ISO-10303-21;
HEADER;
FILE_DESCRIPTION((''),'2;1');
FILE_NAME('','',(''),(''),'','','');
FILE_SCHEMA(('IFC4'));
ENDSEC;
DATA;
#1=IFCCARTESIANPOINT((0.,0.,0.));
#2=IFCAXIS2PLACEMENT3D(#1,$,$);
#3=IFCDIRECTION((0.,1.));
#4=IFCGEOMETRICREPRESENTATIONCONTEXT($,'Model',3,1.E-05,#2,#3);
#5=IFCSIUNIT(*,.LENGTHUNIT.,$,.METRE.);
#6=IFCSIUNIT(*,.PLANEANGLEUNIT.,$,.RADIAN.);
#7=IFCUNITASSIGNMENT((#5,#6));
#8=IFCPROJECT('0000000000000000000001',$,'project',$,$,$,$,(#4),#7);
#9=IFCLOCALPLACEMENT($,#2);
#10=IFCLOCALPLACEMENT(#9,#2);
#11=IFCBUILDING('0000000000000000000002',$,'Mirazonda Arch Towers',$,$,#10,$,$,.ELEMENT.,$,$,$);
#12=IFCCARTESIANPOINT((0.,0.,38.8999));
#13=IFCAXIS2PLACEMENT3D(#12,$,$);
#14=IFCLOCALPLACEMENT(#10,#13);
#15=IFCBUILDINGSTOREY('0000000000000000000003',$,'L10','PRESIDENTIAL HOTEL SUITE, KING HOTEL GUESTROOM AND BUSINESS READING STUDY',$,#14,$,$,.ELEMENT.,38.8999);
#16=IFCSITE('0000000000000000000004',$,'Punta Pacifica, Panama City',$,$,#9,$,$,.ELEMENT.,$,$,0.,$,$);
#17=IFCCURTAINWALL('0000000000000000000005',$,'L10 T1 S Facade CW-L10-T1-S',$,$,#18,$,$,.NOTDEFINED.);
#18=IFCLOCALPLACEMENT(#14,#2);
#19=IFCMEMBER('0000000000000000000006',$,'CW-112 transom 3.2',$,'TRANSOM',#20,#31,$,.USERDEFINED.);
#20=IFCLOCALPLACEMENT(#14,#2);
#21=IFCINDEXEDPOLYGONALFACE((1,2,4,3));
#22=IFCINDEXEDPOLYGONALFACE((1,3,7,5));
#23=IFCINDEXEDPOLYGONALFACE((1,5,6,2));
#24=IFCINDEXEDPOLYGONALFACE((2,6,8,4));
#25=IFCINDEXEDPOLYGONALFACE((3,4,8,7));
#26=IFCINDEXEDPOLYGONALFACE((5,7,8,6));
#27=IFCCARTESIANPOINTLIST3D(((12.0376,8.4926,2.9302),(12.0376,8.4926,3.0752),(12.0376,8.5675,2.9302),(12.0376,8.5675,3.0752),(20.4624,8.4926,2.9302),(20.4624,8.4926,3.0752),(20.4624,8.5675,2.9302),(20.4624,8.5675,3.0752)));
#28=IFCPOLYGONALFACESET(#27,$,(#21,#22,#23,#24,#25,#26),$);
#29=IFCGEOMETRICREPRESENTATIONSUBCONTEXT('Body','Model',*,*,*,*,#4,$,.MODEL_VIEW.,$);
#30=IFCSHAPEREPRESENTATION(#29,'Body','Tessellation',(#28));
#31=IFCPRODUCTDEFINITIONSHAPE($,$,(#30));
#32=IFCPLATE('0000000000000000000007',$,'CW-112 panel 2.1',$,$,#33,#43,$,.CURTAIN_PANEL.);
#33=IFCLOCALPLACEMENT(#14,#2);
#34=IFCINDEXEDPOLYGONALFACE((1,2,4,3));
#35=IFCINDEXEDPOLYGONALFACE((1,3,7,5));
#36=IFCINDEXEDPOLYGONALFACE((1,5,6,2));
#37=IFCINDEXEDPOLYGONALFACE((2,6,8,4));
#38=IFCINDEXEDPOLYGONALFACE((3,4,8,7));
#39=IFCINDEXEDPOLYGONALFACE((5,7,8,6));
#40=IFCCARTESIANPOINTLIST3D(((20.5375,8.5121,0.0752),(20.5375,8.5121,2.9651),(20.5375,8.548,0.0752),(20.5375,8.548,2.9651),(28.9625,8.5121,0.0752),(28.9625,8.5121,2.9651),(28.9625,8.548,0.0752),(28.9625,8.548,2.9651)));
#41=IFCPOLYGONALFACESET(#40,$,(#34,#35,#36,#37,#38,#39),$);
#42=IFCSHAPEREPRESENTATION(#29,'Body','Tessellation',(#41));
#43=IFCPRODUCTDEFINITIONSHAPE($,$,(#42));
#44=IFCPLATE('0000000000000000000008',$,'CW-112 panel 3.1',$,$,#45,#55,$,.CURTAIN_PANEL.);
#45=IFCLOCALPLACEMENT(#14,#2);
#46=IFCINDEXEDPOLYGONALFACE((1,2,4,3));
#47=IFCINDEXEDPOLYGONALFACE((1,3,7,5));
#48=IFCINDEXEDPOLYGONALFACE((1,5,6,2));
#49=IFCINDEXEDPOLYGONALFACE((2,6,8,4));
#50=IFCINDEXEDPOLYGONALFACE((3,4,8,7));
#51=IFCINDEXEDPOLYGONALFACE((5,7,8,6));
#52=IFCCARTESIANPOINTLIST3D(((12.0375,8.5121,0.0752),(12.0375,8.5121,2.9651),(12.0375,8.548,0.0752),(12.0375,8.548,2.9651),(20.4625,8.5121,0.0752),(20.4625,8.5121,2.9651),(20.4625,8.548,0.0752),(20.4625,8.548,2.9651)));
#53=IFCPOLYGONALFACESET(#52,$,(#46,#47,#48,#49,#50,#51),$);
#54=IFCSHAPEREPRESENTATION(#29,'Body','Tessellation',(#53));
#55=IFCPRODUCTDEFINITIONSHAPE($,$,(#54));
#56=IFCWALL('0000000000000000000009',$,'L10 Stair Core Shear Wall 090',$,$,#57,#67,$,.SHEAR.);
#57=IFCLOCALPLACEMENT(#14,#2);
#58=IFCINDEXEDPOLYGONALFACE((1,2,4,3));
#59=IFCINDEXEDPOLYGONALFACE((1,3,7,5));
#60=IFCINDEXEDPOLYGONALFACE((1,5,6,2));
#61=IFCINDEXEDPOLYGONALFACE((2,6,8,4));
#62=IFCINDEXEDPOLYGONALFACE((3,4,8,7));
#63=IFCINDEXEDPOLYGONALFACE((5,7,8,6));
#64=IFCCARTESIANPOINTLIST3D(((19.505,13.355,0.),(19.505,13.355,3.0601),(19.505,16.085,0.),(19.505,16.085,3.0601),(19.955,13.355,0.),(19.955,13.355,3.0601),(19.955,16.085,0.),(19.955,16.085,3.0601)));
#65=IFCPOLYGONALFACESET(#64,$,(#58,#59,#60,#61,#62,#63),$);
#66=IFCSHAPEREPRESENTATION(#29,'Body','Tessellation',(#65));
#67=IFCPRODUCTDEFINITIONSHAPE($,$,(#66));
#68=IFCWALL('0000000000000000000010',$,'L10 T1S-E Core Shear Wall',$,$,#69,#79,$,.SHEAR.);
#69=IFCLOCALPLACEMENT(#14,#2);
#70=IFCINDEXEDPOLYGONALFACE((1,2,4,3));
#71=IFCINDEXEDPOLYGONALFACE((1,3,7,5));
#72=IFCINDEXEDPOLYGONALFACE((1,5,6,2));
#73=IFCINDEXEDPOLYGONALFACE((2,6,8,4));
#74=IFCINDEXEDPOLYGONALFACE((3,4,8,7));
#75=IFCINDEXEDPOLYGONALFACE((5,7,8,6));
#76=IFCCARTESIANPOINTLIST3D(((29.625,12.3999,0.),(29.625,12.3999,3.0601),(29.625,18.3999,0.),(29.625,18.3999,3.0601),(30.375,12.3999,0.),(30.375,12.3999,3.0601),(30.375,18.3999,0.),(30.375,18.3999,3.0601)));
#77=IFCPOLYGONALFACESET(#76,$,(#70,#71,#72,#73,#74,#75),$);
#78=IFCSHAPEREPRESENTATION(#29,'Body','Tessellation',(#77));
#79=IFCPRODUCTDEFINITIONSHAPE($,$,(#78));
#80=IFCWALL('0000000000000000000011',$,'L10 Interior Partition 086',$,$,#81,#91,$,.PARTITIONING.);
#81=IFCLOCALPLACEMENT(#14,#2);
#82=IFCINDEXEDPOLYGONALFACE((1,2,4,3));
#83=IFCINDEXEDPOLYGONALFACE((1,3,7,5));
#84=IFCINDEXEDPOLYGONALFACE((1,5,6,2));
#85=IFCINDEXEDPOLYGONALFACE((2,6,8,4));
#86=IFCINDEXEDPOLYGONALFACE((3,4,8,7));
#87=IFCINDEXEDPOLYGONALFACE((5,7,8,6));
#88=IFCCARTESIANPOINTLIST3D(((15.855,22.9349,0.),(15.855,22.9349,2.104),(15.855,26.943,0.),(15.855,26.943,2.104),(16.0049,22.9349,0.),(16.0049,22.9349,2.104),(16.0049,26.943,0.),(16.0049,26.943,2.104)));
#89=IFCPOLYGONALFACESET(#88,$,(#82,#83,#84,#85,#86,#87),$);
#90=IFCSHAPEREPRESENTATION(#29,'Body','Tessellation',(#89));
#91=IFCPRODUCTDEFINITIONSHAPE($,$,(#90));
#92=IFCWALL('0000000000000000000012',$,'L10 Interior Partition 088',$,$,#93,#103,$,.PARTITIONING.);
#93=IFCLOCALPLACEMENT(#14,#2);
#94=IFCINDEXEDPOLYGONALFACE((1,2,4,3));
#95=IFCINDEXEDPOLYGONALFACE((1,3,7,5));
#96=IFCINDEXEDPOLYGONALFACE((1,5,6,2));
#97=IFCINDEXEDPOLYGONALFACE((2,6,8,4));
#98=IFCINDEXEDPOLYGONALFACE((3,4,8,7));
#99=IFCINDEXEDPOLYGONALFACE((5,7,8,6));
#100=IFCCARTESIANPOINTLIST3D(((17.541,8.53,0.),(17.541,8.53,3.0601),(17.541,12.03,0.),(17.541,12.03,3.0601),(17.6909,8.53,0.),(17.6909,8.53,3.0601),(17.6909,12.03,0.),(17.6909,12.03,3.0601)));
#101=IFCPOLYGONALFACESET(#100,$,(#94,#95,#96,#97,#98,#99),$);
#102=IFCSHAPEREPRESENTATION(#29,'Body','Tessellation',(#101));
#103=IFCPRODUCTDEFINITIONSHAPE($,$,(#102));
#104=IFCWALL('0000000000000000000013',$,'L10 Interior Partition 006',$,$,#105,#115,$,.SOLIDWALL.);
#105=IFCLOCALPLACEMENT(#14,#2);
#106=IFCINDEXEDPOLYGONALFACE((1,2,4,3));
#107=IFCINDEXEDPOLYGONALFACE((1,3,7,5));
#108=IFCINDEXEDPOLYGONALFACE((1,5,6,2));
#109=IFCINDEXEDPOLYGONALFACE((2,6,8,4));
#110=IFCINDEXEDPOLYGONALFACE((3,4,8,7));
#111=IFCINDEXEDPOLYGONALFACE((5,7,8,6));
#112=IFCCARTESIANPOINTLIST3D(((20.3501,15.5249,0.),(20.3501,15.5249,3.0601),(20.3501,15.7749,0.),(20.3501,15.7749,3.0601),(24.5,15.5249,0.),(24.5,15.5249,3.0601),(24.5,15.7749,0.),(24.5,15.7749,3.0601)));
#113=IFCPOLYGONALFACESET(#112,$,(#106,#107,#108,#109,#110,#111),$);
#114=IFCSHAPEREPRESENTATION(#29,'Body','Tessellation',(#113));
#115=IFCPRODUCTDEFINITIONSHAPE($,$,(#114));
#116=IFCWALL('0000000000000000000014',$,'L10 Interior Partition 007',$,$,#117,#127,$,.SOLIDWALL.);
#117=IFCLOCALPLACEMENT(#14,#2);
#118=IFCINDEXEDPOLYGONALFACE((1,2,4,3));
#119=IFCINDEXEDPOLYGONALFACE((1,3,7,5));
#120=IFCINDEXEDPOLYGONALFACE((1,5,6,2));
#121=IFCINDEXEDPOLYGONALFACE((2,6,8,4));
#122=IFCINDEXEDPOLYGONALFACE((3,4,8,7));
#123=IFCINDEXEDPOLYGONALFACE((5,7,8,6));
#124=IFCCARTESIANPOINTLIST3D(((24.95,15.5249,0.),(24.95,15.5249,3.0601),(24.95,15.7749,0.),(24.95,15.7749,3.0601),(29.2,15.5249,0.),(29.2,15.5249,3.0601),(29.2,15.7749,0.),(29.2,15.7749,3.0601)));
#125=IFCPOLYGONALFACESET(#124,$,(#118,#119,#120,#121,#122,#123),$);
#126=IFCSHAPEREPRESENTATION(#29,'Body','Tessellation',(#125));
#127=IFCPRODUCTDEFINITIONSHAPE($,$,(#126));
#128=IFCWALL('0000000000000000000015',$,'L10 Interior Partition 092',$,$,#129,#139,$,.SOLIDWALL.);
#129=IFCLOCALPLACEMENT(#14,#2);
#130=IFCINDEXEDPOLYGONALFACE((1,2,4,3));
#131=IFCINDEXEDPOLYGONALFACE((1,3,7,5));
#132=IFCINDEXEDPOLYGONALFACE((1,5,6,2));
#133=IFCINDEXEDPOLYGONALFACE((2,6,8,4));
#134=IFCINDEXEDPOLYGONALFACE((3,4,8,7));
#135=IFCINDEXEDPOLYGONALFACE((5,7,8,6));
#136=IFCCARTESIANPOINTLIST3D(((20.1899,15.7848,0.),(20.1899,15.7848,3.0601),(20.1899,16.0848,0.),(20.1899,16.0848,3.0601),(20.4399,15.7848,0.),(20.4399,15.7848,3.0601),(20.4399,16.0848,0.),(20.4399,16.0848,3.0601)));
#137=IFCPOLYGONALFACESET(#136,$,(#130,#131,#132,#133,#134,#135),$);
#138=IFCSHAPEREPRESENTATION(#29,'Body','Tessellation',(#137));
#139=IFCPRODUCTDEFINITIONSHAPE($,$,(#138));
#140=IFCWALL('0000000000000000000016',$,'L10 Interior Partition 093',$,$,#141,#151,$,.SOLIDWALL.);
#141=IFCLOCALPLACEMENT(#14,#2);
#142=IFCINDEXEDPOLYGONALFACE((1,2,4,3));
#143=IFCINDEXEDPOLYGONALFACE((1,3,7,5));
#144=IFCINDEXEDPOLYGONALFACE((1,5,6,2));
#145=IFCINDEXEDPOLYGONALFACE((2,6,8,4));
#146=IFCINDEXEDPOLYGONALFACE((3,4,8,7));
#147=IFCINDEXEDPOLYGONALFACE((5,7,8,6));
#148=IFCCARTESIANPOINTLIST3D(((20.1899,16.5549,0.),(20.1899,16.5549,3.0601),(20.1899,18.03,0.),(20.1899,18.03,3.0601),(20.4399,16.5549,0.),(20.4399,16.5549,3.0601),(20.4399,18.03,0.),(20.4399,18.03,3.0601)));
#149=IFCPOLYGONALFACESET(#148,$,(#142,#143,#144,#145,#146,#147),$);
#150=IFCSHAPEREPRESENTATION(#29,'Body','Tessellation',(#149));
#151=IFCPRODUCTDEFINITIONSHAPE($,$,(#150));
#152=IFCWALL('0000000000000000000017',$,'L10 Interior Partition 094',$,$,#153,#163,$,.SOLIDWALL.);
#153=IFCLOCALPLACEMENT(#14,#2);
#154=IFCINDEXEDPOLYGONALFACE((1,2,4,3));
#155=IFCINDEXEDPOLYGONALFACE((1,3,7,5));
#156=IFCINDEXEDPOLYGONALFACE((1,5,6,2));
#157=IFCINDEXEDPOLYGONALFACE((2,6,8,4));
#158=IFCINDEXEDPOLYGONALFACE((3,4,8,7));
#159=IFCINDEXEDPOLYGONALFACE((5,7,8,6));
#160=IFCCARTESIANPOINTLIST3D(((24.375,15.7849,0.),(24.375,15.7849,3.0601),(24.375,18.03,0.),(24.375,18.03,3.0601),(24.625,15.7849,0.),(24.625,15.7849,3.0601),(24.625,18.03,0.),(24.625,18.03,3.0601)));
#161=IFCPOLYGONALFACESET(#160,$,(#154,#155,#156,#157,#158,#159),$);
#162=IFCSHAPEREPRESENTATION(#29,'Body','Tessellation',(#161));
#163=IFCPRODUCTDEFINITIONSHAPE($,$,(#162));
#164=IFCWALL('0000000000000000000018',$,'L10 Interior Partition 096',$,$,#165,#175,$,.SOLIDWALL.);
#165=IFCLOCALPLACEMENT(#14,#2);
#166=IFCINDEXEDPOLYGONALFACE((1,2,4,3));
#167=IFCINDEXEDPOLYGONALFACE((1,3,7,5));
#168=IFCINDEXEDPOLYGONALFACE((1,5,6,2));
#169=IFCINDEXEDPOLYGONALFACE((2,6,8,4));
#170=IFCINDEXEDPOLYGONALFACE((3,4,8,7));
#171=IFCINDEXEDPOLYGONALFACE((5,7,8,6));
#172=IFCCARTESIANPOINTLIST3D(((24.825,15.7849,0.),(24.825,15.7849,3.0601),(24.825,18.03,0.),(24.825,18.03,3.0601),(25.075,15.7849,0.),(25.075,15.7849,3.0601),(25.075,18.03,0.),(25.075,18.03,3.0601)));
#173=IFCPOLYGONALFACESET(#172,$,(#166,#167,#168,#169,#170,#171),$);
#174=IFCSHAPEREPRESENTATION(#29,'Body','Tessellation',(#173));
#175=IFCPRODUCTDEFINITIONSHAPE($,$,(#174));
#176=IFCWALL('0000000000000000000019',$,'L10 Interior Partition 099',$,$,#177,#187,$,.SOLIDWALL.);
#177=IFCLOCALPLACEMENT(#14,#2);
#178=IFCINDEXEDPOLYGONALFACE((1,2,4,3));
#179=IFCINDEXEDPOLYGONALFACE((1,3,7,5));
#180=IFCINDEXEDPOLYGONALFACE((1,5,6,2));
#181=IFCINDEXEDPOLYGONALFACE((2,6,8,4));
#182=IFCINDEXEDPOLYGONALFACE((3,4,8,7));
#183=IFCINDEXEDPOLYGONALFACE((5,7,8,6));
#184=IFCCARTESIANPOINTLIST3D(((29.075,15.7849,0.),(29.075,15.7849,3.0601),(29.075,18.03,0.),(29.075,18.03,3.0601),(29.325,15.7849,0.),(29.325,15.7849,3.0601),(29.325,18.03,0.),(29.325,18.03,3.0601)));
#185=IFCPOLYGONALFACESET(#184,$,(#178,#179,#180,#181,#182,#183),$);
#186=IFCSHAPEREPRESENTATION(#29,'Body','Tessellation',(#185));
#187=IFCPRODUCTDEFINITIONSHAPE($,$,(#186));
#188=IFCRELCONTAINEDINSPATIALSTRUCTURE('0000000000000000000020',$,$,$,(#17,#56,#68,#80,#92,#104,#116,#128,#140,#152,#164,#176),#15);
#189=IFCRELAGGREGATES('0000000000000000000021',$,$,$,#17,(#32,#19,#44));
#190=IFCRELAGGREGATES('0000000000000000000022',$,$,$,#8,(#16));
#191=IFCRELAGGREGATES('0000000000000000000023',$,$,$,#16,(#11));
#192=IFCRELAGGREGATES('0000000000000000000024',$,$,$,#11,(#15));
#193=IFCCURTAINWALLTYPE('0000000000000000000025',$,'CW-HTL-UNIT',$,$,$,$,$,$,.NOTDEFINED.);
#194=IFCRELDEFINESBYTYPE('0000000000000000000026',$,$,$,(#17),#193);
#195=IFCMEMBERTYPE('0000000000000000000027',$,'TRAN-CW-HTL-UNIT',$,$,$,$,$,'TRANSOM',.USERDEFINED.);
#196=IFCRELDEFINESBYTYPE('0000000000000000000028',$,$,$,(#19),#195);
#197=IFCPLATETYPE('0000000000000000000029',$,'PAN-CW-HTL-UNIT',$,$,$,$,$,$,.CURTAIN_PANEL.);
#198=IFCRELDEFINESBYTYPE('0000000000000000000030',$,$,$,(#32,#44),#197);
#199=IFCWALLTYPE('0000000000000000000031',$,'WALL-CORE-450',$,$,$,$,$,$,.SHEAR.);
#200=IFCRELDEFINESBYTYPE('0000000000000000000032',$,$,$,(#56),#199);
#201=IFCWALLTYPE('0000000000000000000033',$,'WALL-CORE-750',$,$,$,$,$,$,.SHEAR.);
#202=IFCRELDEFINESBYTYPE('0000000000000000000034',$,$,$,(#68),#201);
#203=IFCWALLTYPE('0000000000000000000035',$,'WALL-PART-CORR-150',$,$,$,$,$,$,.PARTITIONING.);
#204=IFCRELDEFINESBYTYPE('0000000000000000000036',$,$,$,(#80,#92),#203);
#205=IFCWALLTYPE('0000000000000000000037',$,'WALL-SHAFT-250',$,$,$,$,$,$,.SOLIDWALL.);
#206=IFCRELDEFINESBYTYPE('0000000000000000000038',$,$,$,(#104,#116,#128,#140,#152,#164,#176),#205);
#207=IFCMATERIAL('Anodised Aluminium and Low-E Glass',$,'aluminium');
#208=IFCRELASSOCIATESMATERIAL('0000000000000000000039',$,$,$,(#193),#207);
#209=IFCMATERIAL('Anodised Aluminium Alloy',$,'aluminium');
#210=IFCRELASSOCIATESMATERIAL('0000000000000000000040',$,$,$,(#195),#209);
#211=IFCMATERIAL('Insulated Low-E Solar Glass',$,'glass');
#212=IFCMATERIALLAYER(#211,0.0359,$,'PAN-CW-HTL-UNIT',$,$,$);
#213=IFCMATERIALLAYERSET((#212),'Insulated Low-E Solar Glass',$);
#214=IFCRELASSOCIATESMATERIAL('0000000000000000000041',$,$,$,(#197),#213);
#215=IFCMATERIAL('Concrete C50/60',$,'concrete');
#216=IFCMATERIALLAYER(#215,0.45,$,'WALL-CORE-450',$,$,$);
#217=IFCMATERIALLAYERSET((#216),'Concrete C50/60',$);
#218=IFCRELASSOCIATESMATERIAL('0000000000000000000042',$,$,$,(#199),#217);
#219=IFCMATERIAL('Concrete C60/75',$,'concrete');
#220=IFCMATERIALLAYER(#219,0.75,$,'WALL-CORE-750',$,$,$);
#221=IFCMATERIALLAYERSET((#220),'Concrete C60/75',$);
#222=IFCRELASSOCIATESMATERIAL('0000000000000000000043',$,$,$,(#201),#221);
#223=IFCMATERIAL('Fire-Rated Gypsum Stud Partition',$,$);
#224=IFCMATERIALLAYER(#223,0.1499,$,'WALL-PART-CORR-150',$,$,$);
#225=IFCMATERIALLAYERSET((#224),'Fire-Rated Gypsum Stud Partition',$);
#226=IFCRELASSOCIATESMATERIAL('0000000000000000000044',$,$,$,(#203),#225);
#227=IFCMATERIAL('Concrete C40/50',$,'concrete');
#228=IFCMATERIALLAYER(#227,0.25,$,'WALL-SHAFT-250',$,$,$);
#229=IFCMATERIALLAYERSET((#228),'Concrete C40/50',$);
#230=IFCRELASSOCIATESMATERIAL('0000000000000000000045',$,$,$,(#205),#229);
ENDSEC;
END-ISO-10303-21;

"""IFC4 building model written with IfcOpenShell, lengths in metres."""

from ifc_helpers import new_model, si_unit, direction, frame, frame_2d, origin, origin_2d, place, context, subcontext, project, spatial, rectangle, extrude, material, layer, layer_set, material_profile, profile_set, type_object, element, aggregate, save


model = new_model("IFC4")

# Units and contexts
model_context = context("Model", 3, precision=1e-05, world=origin(), true_north=direction((0.0, 1.0)))
body_context = subcontext(model_context, "Body", "Model", "MODEL_VIEW")
ifc_project = project(units=[si_unit("LENGTHUNIT", "METRE"), si_unit("PLANEANGLEUNIT", "RADIAN")], contexts=[model_context])

# Site, building, storey
site_placement = place(None, origin())
site = spatial("IfcSite", under=ifc_project, at=site_placement, Name="Punta Pacifica, Panama City", CompositionType="ELEMENT", RefElevation=0.0)
building_placement = place(site_placement, origin())
building = spatial("IfcBuilding", under=site, at=building_placement, Name="Mirazonda Arch Towers", CompositionType="ELEMENT")
storey_placement = place(building_placement, frame((0.0, 0.0, 38.8999)))
storey = spatial("IfcBuildingStorey", under=building, at=storey_placement, Name="L10", Description="PRESIDENTIAL HOTEL SUITE, KING HOTEL GUESTROOM AND BUSINESS READING STUDY", CompositionType="ELEMENT", Elevation=38.8999)

# Shared definitions
ifc_material_1 = material(Name="Concrete C60/75", Category="concrete")

# Curtain wall, member, plates
ifc_material_2 = material(Name="Anodised Aluminium and Low-E Glass", Category="aluminium")
curtain_wall_type = type_object("IfcCurtainWallType", Name="CW-HTL-UNIT", PredefinedType="NOTDEFINED", material=ifc_material_2)
curtain_wall_placement = place(storey_placement, origin())
curtain_wall = element("IfcCurtainWall", 1, at=curtain_wall_placement, inside=storey, type_object=curtain_wall_type, Name="L10 T1 S Facade CW-L10-T1-S", PredefinedType="NOTDEFINED")
ifc_material_3 = material(Name="Anodised Aluminium Alloy", Category="aluminium")
ifc_material_profile_1 = material_profile(ifc_material_3, rectangle(XDim=0.075, YDim=0.145, at=origin_2d()), Name="ALU-TRAN-75x145")
ifc_profile_set_1 = profile_set([ifc_material_profile_1], Name="Anodised Aluminium Alloy")
member_type_1 = type_object("IfcMemberType", Name="TRAN-CW-HTL-UNIT", ElementType="TRANSOM", PredefinedType="USERDEFINED", material=ifc_profile_set_1)
member_1_placement = place(storey_placement, frame((20.4624, 8.53, 3.0027), z_axis=(-1.0, 0.0, 0.0), x_axis=(0.0, -1.0, 0.0)))
member_1 = element("IfcMember", 2, at=member_1_placement, type_object=member_type_1, Name="CW-112 transom 3.2", ObjectType="TRANSOM", PredefinedType="USERDEFINED", context=body_context, shape_type="SweptSolid", body=[
    extrude(rectangle(XDim=0.075, YDim=0.145, at=origin_2d()), origin(), (0.0, 0.0, 1.0), 8.4248),
])
ifc_material_4 = material(Name="Insulated Low-E Solar Glass", Category="glass")
ifc_layer_1 = layer(ifc_material_4, 0.0359, Name="PAN-CW-HTL-UNIT")
ifc_layer_set_1 = layer_set([ifc_layer_1], Name="Insulated Low-E Solar Glass")
plate_type = type_object("IfcPlateType", Name="PAN-CW-HTL-UNIT", PredefinedType="CURTAIN_PANEL", material=ifc_layer_set_1)
plate_1_placement = place(storey_placement, frame((24.75, 8.53, 0.0752), z_axis=(0.0, 0.0, 1.0), x_axis=(-1.0, 0.0, 0.0)))
plate_1 = element("IfcPlate", 3, at=plate_1_placement, type_object=plate_type, Name="CW-112 panel 2.1", PredefinedType="CURTAIN_PANEL", context=body_context, shape_type="SweptSolid", body=[
    extrude(rectangle(XDim=8.425, YDim=0.0359, at=origin_2d()), origin(), (0.0, 0.0, 1.0), 2.8899),
])
plate_2_placement = place(storey_placement, frame((16.25, 8.53, 0.0752), z_axis=(0.0, 0.0, 1.0), x_axis=(-1.0, 0.0, 0.0)))
plate_2 = element("IfcPlate", 4, at=plate_2_placement, type_object=plate_type, Name="CW-112 panel 3.1", PredefinedType="CURTAIN_PANEL", context=body_context, shape_type="SweptSolid", body=[
    extrude(rectangle(XDim=8.425, YDim=0.0359, at=origin_2d()), origin(), (0.0, 0.0, 1.0), 2.8899),
])
aggregate(curtain_wall, [plate_1, member_1, plate_2])

# Walls
ifc_material_5 = material(Name="Concrete C50/60", Category="concrete")
ifc_layer_2 = layer(ifc_material_5, 0.45, Name="WALL-CORE-450")
ifc_layer_set_2 = layer_set([ifc_layer_2], Name="Concrete C50/60")
wall_type_1 = type_object("IfcWallType", Name="WALL-CORE-450", PredefinedType="SHEAR", material=ifc_layer_set_2)
wall_1_placement = place(storey_placement, frame((19.73, 13.355, 0.0), z_axis=(0.0, 0.0, 1.0), x_axis=(0.0, 1.0, 0.0)))
element("IfcWall", 5, at=wall_1_placement, inside=storey, type_object=wall_type_1, Name="L10 Stair Core Shear Wall 090", PredefinedType="SHEAR", context=body_context, shape_type="SweptSolid", body=[
    extrude(rectangle(XDim=2.73, YDim=0.45, at=frame_2d((1.365, 0.0))), origin(), (0.0, 0.0, 1.0), 3.0601),
])
ifc_layer_3 = layer(ifc_material_1, 0.75, Name="WALL-CORE-750")
ifc_layer_set_3 = layer_set([ifc_layer_3], Name="Concrete C60/75")
wall_type_2 = type_object("IfcWallType", Name="WALL-CORE-750", PredefinedType="SHEAR", material=ifc_layer_set_3)
wall_2_placement = place(storey_placement, frame((30.0, 12.3999, 0.0), z_axis=(0.0, 0.0, 1.0), x_axis=(0.0, 1.0, 0.0)))
element("IfcWall", 6, at=wall_2_placement, inside=storey, type_object=wall_type_2, Name="L10 T1S-E Core Shear Wall", PredefinedType="SHEAR", context=body_context, shape_type="SweptSolid", body=[
    extrude(rectangle(XDim=6.0, YDim=0.75, at=frame_2d((3.0, 0.0))), origin(), (0.0, 0.0, 1.0), 3.0601),
])
ifc_material_6 = material(Name="Fire-Rated Gypsum Stud Partition")
ifc_layer_4 = layer(ifc_material_6, 0.1499, Name="WALL-PART-CORR-150")
ifc_layer_set_4 = layer_set([ifc_layer_4], Name="Fire-Rated Gypsum Stud Partition")
wall_type_3 = type_object("IfcWallType", Name="WALL-PART-CORR-150", PredefinedType="PARTITIONING", material=ifc_layer_set_4)
wall_3_placement = place(storey_placement, frame((15.9299, 22.9351, 0.0), z_axis=(0.0, 0.0, 1.0), x_axis=(0.0, 1.0, 0.0)))
element("IfcWall", 7, at=wall_3_placement, inside=storey, type_object=wall_type_3, Name="L10 Interior Partition 086", PredefinedType="PARTITIONING", context=body_context, shape_type="SweptSolid", body=[
    extrude(rectangle(XDim=4.0081, YDim=0.1499, at=frame_2d((2.0039, 0.0))), origin(), (0.0, 0.0, 1.0), 2.104),
])
wall_4_placement = place(storey_placement, frame((17.616, 8.53, 0.0), z_axis=(0.0, 0.0, 1.0), x_axis=(0.0, 1.0, 0.0)))
element("IfcWall", 8, at=wall_4_placement, inside=storey, type_object=wall_type_3, Name="L10 Interior Partition 088", PredefinedType="PARTITIONING", context=body_context, shape_type="SweptSolid", body=[
    extrude(rectangle(XDim=3.5, YDim=0.1499, at=frame_2d((1.75, 0.0))), origin(), (0.0, 0.0, 1.0), 3.0601),
])
ifc_material_7 = material(Name="Concrete C40/50", Category="concrete")
ifc_layer_5 = layer(ifc_material_7, 0.25, Name="WALL-SHAFT-250")
ifc_layer_set_5 = layer_set([ifc_layer_5], Name="Concrete C40/50")
wall_type_4 = type_object("IfcWallType", Name="WALL-SHAFT-250", PredefinedType="SOLIDWALL", material=ifc_layer_set_5)
wall_5_placement = place(storey_placement, frame((20.3501, 15.6499, 0.0), z_axis=(0.0, 0.0, 1.0), x_axis=(1.0, 0.0, 0.0)))
element("IfcWall", 9, at=wall_5_placement, inside=storey, type_object=wall_type_4, Name="L10 Interior Partition 006", PredefinedType="SOLIDWALL", context=body_context, shape_type="SweptSolid", body=[
    extrude(rectangle(XDim=4.1499, YDim=0.25, at=frame_2d((2.075, 0.0))), origin(), (0.0, 0.0, 1.0), 3.0601),
])
wall_6_placement = place(storey_placement, frame((24.95, 15.6499, 0.0), z_axis=(0.0, 0.0, 1.0), x_axis=(1.0, 0.0, 0.0)))
element("IfcWall", 10, at=wall_6_placement, inside=storey, type_object=wall_type_4, Name="L10 Interior Partition 007", PredefinedType="SOLIDWALL", context=body_context, shape_type="SweptSolid", body=[
    extrude(rectangle(XDim=4.25, YDim=0.25, at=frame_2d((2.125, 0.0))), origin(), (0.0, 0.0, 1.0), 3.0601),
])
wall_7_placement = place(storey_placement, frame((20.3149, 15.7849, 0.0), z_axis=(0.0, 0.0, 1.0), x_axis=(0.0, 1.0, 0.0)))
element("IfcWall", 11, at=wall_7_placement, inside=storey, type_object=wall_type_4, Name="L10 Interior Partition 092", PredefinedType="SOLIDWALL", context=body_context, shape_type="SweptSolid", body=[
    extrude(rectangle(XDim=0.3, YDim=0.25, at=frame_2d((0.1499, 0.0))), origin(), (0.0, 0.0, 1.0), 3.0601),
])
wall_8_placement = place(storey_placement, frame((20.3149, 16.5549, 0.0), z_axis=(0.0, 0.0, 1.0), x_axis=(0.0, 1.0, 0.0)))
element("IfcWall", 12, at=wall_8_placement, inside=storey, type_object=wall_type_4, Name="L10 Interior Partition 093", PredefinedType="SOLIDWALL", context=body_context, shape_type="SweptSolid", body=[
    extrude(rectangle(XDim=1.4751, YDim=0.25, at=frame_2d((0.7375, 0.0))), origin(), (0.0, 0.0, 1.0), 3.0601),
])
for number, where, z_axis, x_axis, name in (
    (13, (24.5, 15.7849, 0.0), (0.0, 0.0, 1.0), (0.0, 1.0, 0.0), "L10 Interior Partition 094"),
    (14, (24.95, 15.7849, 0.0), (0.0, 0.0, 1.0), (0.0, 1.0, 0.0), "L10 Interior Partition 096"),
    (15, (29.2, 15.7849, 0.0), (0.0, 0.0, 1.0), (0.0, 1.0, 0.0), "L10 Interior Partition 099"),
):
    element("IfcWall", number, at=place(storey_placement, frame(where, z_axis=z_axis, x_axis=x_axis)), inside=storey, type_object=wall_type_4, Name=name, PredefinedType="SOLIDWALL", context=body_context, shape_type="SweptSolid", body=[
        extrude(rectangle(XDim=2.2451, YDim=0.25, at=frame_2d((1.1226, 0.0))), origin(), (0.0, 0.0, 1.0), 3.0601),
    ])

save(model, "model.ifc")
